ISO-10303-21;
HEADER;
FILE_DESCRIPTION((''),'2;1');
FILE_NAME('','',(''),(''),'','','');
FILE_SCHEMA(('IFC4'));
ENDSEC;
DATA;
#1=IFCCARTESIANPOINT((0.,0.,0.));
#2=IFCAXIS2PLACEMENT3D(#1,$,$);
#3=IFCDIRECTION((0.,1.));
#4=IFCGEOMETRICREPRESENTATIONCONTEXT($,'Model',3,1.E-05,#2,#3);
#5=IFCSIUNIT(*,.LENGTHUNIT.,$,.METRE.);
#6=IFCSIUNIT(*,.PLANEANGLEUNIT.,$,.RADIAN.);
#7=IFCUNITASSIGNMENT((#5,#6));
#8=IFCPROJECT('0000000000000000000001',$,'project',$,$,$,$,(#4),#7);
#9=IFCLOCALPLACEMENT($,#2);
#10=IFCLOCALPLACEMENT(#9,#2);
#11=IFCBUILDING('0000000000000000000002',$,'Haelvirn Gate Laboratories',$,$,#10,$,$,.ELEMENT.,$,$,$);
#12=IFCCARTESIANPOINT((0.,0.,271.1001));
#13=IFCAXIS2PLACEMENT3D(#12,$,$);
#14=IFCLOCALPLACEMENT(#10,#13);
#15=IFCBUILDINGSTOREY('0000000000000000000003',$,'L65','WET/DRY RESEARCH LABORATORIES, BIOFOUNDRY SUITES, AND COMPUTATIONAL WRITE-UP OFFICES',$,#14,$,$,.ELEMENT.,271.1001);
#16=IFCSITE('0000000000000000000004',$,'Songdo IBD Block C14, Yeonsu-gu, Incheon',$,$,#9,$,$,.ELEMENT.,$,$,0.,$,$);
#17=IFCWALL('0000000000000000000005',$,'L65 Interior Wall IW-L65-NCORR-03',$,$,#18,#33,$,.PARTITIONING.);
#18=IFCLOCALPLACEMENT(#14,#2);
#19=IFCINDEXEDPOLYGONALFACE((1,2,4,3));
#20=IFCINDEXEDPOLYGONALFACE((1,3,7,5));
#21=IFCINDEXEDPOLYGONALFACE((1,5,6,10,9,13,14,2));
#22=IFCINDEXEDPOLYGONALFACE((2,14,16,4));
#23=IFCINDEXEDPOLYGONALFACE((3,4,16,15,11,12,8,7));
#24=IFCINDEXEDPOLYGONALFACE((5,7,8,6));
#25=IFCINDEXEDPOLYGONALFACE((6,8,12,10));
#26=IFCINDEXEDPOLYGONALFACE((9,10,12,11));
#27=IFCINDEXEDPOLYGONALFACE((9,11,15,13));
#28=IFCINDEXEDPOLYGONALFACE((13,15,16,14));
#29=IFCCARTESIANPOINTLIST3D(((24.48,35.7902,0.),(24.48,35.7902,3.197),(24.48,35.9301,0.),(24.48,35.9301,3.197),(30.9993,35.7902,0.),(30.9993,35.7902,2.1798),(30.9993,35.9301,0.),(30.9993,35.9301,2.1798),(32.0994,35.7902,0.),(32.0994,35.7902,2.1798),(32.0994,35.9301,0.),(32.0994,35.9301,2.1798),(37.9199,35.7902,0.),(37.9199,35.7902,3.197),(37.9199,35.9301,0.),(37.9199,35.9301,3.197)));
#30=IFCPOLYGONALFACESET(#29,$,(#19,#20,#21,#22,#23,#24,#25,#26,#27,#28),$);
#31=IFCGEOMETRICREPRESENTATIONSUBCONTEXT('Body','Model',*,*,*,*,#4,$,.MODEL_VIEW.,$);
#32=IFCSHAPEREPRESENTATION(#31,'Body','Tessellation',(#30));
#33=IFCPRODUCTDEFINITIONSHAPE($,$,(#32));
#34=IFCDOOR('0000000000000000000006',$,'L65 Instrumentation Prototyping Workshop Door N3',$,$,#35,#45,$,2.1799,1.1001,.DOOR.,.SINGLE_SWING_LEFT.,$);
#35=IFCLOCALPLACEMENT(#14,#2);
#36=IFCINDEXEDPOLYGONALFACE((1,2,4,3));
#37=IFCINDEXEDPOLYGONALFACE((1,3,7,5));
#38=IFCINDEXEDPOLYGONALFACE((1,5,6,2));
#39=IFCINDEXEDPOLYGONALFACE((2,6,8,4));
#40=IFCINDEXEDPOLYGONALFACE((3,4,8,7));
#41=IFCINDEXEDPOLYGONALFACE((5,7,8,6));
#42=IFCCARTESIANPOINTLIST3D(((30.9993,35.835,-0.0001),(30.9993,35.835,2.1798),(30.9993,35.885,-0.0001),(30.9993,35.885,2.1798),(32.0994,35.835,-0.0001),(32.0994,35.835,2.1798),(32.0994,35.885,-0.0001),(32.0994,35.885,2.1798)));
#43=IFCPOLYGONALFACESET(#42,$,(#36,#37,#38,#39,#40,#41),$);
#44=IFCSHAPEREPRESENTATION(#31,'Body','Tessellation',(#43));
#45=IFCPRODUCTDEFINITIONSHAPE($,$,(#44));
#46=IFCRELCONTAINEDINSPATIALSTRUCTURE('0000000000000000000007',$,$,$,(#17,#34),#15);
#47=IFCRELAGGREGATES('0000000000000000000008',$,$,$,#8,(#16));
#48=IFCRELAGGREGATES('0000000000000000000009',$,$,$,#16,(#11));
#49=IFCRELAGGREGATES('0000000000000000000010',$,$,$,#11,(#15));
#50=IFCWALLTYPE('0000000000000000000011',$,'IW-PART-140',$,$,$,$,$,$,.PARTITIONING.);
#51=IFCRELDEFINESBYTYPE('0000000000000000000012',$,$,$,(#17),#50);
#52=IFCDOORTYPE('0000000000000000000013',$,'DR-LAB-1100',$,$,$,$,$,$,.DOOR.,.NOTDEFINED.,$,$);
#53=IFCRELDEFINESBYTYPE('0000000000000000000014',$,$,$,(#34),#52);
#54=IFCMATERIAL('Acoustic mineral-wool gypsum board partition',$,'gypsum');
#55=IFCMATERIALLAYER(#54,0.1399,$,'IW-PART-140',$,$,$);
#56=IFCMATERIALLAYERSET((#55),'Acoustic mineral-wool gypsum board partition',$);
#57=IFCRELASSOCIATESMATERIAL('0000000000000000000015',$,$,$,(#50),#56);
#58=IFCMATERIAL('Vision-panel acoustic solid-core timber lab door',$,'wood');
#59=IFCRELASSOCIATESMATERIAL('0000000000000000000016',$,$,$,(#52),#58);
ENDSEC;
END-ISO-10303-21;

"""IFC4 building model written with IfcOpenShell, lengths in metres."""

from ifc_helpers import new_model, si_unit, direction, frame, frame_2d, origin, place, context, subcontext, project, spatial, rectangle, extrude, source, transform, mapped, material, layer, layer_set, type_object, type_shapes, element, fill, save


model = new_model("IFC4")

# Units and contexts
model_context = context("Model", 3, precision=1e-05, world=origin(), true_north=direction((0.0, 1.0)))
body_context = subcontext(model_context, "Body", "Model", "MODEL_VIEW")
ifc_project = project(units=[si_unit("LENGTHUNIT", "METRE"), si_unit("PLANEANGLEUNIT", "RADIAN")], contexts=[model_context])

# Site, building, storey
site_placement = place(None, origin())
site = spatial("IfcSite", under=ifc_project, at=site_placement, Name="Songdo IBD Block C14, Yeonsu-gu, Incheon", CompositionType="ELEMENT", RefElevation=0.0)
building_placement = place(site_placement, origin())
building = spatial("IfcBuilding", under=site, at=building_placement, Name="Haelvirn Gate Laboratories", CompositionType="ELEMENT")
storey_placement = place(building_placement, frame((0.0, 0.0, 271.1001)))
storey = spatial("IfcBuildingStorey", under=building, at=storey_placement, Name="L65", Description="WET/DRY RESEARCH LABORATORIES, BIOFOUNDRY SUITES, AND COMPUTATIONAL WRITE-UP OFFICES", CompositionType="ELEMENT", Elevation=271.1001)

# Wall, opening, door
ifc_material_1 = material(Name="Acoustic mineral-wool gypsum board partition", Category="gypsum")
ifc_layer_1 = layer(ifc_material_1, 0.1399, Name="IW-PART-140")
ifc_layer_set_1 = layer_set([ifc_layer_1], Name="Acoustic mineral-wool gypsum board partition")
wall_type_1 = type_object("IfcWallType", Name="IW-PART-140", PredefinedType="PARTITIONING", material=ifc_layer_set_1)
wall_1_placement = place(storey_placement, frame((24.48, 35.8601, 0.0), z_axis=(0.0, 0.0, 1.0), x_axis=(1.0, 0.0, 0.0)))
wall_1 = element("IfcWall", 1, at=wall_1_placement, inside=storey, type_object=wall_type_1, Name="L65 Interior Wall IW-L65-NCORR-03", PredefinedType="PARTITIONING", context=body_context, shape_type="SweptSolid", body=[
    extrude(rectangle(XDim=13.4399, YDim=0.1399, at=frame_2d((6.72, 0.0))), origin(), (0.0, 0.0, 1.0), 3.197),
])
opening_placement = place(wall_1_placement, frame((6.5193, 0.0, 0.0)))
opening = element("IfcOpeningElement", 2, at=opening_placement, cuts=wall_1, PredefinedType="OPENING", context=body_context, shape_type="SweptSolid", body=[
    extrude(rectangle(XDim=1.1001, YDim=2.1799, at=frame_2d((0.55, 1.0898))), frame((0.0, 0.0801, 0.0), z_axis=(0.0, -1.0, 0.0), x_axis=(1.0, 0.0, 0.0)), (0.0, 0.0, 1.0), 0.1599),
])
ifc_material_2 = material(Name="Vision-panel acoustic solid-core timber lab door", Category="wood")
door_type = type_object("IfcDoorType", Name="DR-LAB-1100", OperationType="NOTDEFINED", PredefinedType="DOOR", material=ifc_material_2)
shared_shape_1 = source(origin(), body_context, "Body", "SweptSolid", [
    extrude(rectangle(XDim=1.1001, YDim=2.1799, at=frame_2d((0.55, 1.0898))), frame((0.0, 0.0249, 0.0), z_axis=(0.0, -1.0, 0.0), x_axis=(1.0, 0.0, 0.0)), (0.0, 0.0, 1.0), 0.05),
])
type_shapes(door_type, [shared_shape_1])
door_placement = place(opening_placement, origin())
door = element("IfcDoor", 3, at=door_placement, inside=storey, type_object=door_type, Name="L65 Instrumentation Prototyping Workshop Door N3", OperationType="SINGLE_SWING_LEFT", OverallHeight=2.1799, OverallWidth=1.1001, PredefinedType="DOOR", context=body_context, shape_type="MappedRepresentation", body=[
    mapped(shared_shape_1, transform((0.0, 0.0, 0.0), scale=1.0)),
])
fill(opening, door)

save(model, "model.ifc")
